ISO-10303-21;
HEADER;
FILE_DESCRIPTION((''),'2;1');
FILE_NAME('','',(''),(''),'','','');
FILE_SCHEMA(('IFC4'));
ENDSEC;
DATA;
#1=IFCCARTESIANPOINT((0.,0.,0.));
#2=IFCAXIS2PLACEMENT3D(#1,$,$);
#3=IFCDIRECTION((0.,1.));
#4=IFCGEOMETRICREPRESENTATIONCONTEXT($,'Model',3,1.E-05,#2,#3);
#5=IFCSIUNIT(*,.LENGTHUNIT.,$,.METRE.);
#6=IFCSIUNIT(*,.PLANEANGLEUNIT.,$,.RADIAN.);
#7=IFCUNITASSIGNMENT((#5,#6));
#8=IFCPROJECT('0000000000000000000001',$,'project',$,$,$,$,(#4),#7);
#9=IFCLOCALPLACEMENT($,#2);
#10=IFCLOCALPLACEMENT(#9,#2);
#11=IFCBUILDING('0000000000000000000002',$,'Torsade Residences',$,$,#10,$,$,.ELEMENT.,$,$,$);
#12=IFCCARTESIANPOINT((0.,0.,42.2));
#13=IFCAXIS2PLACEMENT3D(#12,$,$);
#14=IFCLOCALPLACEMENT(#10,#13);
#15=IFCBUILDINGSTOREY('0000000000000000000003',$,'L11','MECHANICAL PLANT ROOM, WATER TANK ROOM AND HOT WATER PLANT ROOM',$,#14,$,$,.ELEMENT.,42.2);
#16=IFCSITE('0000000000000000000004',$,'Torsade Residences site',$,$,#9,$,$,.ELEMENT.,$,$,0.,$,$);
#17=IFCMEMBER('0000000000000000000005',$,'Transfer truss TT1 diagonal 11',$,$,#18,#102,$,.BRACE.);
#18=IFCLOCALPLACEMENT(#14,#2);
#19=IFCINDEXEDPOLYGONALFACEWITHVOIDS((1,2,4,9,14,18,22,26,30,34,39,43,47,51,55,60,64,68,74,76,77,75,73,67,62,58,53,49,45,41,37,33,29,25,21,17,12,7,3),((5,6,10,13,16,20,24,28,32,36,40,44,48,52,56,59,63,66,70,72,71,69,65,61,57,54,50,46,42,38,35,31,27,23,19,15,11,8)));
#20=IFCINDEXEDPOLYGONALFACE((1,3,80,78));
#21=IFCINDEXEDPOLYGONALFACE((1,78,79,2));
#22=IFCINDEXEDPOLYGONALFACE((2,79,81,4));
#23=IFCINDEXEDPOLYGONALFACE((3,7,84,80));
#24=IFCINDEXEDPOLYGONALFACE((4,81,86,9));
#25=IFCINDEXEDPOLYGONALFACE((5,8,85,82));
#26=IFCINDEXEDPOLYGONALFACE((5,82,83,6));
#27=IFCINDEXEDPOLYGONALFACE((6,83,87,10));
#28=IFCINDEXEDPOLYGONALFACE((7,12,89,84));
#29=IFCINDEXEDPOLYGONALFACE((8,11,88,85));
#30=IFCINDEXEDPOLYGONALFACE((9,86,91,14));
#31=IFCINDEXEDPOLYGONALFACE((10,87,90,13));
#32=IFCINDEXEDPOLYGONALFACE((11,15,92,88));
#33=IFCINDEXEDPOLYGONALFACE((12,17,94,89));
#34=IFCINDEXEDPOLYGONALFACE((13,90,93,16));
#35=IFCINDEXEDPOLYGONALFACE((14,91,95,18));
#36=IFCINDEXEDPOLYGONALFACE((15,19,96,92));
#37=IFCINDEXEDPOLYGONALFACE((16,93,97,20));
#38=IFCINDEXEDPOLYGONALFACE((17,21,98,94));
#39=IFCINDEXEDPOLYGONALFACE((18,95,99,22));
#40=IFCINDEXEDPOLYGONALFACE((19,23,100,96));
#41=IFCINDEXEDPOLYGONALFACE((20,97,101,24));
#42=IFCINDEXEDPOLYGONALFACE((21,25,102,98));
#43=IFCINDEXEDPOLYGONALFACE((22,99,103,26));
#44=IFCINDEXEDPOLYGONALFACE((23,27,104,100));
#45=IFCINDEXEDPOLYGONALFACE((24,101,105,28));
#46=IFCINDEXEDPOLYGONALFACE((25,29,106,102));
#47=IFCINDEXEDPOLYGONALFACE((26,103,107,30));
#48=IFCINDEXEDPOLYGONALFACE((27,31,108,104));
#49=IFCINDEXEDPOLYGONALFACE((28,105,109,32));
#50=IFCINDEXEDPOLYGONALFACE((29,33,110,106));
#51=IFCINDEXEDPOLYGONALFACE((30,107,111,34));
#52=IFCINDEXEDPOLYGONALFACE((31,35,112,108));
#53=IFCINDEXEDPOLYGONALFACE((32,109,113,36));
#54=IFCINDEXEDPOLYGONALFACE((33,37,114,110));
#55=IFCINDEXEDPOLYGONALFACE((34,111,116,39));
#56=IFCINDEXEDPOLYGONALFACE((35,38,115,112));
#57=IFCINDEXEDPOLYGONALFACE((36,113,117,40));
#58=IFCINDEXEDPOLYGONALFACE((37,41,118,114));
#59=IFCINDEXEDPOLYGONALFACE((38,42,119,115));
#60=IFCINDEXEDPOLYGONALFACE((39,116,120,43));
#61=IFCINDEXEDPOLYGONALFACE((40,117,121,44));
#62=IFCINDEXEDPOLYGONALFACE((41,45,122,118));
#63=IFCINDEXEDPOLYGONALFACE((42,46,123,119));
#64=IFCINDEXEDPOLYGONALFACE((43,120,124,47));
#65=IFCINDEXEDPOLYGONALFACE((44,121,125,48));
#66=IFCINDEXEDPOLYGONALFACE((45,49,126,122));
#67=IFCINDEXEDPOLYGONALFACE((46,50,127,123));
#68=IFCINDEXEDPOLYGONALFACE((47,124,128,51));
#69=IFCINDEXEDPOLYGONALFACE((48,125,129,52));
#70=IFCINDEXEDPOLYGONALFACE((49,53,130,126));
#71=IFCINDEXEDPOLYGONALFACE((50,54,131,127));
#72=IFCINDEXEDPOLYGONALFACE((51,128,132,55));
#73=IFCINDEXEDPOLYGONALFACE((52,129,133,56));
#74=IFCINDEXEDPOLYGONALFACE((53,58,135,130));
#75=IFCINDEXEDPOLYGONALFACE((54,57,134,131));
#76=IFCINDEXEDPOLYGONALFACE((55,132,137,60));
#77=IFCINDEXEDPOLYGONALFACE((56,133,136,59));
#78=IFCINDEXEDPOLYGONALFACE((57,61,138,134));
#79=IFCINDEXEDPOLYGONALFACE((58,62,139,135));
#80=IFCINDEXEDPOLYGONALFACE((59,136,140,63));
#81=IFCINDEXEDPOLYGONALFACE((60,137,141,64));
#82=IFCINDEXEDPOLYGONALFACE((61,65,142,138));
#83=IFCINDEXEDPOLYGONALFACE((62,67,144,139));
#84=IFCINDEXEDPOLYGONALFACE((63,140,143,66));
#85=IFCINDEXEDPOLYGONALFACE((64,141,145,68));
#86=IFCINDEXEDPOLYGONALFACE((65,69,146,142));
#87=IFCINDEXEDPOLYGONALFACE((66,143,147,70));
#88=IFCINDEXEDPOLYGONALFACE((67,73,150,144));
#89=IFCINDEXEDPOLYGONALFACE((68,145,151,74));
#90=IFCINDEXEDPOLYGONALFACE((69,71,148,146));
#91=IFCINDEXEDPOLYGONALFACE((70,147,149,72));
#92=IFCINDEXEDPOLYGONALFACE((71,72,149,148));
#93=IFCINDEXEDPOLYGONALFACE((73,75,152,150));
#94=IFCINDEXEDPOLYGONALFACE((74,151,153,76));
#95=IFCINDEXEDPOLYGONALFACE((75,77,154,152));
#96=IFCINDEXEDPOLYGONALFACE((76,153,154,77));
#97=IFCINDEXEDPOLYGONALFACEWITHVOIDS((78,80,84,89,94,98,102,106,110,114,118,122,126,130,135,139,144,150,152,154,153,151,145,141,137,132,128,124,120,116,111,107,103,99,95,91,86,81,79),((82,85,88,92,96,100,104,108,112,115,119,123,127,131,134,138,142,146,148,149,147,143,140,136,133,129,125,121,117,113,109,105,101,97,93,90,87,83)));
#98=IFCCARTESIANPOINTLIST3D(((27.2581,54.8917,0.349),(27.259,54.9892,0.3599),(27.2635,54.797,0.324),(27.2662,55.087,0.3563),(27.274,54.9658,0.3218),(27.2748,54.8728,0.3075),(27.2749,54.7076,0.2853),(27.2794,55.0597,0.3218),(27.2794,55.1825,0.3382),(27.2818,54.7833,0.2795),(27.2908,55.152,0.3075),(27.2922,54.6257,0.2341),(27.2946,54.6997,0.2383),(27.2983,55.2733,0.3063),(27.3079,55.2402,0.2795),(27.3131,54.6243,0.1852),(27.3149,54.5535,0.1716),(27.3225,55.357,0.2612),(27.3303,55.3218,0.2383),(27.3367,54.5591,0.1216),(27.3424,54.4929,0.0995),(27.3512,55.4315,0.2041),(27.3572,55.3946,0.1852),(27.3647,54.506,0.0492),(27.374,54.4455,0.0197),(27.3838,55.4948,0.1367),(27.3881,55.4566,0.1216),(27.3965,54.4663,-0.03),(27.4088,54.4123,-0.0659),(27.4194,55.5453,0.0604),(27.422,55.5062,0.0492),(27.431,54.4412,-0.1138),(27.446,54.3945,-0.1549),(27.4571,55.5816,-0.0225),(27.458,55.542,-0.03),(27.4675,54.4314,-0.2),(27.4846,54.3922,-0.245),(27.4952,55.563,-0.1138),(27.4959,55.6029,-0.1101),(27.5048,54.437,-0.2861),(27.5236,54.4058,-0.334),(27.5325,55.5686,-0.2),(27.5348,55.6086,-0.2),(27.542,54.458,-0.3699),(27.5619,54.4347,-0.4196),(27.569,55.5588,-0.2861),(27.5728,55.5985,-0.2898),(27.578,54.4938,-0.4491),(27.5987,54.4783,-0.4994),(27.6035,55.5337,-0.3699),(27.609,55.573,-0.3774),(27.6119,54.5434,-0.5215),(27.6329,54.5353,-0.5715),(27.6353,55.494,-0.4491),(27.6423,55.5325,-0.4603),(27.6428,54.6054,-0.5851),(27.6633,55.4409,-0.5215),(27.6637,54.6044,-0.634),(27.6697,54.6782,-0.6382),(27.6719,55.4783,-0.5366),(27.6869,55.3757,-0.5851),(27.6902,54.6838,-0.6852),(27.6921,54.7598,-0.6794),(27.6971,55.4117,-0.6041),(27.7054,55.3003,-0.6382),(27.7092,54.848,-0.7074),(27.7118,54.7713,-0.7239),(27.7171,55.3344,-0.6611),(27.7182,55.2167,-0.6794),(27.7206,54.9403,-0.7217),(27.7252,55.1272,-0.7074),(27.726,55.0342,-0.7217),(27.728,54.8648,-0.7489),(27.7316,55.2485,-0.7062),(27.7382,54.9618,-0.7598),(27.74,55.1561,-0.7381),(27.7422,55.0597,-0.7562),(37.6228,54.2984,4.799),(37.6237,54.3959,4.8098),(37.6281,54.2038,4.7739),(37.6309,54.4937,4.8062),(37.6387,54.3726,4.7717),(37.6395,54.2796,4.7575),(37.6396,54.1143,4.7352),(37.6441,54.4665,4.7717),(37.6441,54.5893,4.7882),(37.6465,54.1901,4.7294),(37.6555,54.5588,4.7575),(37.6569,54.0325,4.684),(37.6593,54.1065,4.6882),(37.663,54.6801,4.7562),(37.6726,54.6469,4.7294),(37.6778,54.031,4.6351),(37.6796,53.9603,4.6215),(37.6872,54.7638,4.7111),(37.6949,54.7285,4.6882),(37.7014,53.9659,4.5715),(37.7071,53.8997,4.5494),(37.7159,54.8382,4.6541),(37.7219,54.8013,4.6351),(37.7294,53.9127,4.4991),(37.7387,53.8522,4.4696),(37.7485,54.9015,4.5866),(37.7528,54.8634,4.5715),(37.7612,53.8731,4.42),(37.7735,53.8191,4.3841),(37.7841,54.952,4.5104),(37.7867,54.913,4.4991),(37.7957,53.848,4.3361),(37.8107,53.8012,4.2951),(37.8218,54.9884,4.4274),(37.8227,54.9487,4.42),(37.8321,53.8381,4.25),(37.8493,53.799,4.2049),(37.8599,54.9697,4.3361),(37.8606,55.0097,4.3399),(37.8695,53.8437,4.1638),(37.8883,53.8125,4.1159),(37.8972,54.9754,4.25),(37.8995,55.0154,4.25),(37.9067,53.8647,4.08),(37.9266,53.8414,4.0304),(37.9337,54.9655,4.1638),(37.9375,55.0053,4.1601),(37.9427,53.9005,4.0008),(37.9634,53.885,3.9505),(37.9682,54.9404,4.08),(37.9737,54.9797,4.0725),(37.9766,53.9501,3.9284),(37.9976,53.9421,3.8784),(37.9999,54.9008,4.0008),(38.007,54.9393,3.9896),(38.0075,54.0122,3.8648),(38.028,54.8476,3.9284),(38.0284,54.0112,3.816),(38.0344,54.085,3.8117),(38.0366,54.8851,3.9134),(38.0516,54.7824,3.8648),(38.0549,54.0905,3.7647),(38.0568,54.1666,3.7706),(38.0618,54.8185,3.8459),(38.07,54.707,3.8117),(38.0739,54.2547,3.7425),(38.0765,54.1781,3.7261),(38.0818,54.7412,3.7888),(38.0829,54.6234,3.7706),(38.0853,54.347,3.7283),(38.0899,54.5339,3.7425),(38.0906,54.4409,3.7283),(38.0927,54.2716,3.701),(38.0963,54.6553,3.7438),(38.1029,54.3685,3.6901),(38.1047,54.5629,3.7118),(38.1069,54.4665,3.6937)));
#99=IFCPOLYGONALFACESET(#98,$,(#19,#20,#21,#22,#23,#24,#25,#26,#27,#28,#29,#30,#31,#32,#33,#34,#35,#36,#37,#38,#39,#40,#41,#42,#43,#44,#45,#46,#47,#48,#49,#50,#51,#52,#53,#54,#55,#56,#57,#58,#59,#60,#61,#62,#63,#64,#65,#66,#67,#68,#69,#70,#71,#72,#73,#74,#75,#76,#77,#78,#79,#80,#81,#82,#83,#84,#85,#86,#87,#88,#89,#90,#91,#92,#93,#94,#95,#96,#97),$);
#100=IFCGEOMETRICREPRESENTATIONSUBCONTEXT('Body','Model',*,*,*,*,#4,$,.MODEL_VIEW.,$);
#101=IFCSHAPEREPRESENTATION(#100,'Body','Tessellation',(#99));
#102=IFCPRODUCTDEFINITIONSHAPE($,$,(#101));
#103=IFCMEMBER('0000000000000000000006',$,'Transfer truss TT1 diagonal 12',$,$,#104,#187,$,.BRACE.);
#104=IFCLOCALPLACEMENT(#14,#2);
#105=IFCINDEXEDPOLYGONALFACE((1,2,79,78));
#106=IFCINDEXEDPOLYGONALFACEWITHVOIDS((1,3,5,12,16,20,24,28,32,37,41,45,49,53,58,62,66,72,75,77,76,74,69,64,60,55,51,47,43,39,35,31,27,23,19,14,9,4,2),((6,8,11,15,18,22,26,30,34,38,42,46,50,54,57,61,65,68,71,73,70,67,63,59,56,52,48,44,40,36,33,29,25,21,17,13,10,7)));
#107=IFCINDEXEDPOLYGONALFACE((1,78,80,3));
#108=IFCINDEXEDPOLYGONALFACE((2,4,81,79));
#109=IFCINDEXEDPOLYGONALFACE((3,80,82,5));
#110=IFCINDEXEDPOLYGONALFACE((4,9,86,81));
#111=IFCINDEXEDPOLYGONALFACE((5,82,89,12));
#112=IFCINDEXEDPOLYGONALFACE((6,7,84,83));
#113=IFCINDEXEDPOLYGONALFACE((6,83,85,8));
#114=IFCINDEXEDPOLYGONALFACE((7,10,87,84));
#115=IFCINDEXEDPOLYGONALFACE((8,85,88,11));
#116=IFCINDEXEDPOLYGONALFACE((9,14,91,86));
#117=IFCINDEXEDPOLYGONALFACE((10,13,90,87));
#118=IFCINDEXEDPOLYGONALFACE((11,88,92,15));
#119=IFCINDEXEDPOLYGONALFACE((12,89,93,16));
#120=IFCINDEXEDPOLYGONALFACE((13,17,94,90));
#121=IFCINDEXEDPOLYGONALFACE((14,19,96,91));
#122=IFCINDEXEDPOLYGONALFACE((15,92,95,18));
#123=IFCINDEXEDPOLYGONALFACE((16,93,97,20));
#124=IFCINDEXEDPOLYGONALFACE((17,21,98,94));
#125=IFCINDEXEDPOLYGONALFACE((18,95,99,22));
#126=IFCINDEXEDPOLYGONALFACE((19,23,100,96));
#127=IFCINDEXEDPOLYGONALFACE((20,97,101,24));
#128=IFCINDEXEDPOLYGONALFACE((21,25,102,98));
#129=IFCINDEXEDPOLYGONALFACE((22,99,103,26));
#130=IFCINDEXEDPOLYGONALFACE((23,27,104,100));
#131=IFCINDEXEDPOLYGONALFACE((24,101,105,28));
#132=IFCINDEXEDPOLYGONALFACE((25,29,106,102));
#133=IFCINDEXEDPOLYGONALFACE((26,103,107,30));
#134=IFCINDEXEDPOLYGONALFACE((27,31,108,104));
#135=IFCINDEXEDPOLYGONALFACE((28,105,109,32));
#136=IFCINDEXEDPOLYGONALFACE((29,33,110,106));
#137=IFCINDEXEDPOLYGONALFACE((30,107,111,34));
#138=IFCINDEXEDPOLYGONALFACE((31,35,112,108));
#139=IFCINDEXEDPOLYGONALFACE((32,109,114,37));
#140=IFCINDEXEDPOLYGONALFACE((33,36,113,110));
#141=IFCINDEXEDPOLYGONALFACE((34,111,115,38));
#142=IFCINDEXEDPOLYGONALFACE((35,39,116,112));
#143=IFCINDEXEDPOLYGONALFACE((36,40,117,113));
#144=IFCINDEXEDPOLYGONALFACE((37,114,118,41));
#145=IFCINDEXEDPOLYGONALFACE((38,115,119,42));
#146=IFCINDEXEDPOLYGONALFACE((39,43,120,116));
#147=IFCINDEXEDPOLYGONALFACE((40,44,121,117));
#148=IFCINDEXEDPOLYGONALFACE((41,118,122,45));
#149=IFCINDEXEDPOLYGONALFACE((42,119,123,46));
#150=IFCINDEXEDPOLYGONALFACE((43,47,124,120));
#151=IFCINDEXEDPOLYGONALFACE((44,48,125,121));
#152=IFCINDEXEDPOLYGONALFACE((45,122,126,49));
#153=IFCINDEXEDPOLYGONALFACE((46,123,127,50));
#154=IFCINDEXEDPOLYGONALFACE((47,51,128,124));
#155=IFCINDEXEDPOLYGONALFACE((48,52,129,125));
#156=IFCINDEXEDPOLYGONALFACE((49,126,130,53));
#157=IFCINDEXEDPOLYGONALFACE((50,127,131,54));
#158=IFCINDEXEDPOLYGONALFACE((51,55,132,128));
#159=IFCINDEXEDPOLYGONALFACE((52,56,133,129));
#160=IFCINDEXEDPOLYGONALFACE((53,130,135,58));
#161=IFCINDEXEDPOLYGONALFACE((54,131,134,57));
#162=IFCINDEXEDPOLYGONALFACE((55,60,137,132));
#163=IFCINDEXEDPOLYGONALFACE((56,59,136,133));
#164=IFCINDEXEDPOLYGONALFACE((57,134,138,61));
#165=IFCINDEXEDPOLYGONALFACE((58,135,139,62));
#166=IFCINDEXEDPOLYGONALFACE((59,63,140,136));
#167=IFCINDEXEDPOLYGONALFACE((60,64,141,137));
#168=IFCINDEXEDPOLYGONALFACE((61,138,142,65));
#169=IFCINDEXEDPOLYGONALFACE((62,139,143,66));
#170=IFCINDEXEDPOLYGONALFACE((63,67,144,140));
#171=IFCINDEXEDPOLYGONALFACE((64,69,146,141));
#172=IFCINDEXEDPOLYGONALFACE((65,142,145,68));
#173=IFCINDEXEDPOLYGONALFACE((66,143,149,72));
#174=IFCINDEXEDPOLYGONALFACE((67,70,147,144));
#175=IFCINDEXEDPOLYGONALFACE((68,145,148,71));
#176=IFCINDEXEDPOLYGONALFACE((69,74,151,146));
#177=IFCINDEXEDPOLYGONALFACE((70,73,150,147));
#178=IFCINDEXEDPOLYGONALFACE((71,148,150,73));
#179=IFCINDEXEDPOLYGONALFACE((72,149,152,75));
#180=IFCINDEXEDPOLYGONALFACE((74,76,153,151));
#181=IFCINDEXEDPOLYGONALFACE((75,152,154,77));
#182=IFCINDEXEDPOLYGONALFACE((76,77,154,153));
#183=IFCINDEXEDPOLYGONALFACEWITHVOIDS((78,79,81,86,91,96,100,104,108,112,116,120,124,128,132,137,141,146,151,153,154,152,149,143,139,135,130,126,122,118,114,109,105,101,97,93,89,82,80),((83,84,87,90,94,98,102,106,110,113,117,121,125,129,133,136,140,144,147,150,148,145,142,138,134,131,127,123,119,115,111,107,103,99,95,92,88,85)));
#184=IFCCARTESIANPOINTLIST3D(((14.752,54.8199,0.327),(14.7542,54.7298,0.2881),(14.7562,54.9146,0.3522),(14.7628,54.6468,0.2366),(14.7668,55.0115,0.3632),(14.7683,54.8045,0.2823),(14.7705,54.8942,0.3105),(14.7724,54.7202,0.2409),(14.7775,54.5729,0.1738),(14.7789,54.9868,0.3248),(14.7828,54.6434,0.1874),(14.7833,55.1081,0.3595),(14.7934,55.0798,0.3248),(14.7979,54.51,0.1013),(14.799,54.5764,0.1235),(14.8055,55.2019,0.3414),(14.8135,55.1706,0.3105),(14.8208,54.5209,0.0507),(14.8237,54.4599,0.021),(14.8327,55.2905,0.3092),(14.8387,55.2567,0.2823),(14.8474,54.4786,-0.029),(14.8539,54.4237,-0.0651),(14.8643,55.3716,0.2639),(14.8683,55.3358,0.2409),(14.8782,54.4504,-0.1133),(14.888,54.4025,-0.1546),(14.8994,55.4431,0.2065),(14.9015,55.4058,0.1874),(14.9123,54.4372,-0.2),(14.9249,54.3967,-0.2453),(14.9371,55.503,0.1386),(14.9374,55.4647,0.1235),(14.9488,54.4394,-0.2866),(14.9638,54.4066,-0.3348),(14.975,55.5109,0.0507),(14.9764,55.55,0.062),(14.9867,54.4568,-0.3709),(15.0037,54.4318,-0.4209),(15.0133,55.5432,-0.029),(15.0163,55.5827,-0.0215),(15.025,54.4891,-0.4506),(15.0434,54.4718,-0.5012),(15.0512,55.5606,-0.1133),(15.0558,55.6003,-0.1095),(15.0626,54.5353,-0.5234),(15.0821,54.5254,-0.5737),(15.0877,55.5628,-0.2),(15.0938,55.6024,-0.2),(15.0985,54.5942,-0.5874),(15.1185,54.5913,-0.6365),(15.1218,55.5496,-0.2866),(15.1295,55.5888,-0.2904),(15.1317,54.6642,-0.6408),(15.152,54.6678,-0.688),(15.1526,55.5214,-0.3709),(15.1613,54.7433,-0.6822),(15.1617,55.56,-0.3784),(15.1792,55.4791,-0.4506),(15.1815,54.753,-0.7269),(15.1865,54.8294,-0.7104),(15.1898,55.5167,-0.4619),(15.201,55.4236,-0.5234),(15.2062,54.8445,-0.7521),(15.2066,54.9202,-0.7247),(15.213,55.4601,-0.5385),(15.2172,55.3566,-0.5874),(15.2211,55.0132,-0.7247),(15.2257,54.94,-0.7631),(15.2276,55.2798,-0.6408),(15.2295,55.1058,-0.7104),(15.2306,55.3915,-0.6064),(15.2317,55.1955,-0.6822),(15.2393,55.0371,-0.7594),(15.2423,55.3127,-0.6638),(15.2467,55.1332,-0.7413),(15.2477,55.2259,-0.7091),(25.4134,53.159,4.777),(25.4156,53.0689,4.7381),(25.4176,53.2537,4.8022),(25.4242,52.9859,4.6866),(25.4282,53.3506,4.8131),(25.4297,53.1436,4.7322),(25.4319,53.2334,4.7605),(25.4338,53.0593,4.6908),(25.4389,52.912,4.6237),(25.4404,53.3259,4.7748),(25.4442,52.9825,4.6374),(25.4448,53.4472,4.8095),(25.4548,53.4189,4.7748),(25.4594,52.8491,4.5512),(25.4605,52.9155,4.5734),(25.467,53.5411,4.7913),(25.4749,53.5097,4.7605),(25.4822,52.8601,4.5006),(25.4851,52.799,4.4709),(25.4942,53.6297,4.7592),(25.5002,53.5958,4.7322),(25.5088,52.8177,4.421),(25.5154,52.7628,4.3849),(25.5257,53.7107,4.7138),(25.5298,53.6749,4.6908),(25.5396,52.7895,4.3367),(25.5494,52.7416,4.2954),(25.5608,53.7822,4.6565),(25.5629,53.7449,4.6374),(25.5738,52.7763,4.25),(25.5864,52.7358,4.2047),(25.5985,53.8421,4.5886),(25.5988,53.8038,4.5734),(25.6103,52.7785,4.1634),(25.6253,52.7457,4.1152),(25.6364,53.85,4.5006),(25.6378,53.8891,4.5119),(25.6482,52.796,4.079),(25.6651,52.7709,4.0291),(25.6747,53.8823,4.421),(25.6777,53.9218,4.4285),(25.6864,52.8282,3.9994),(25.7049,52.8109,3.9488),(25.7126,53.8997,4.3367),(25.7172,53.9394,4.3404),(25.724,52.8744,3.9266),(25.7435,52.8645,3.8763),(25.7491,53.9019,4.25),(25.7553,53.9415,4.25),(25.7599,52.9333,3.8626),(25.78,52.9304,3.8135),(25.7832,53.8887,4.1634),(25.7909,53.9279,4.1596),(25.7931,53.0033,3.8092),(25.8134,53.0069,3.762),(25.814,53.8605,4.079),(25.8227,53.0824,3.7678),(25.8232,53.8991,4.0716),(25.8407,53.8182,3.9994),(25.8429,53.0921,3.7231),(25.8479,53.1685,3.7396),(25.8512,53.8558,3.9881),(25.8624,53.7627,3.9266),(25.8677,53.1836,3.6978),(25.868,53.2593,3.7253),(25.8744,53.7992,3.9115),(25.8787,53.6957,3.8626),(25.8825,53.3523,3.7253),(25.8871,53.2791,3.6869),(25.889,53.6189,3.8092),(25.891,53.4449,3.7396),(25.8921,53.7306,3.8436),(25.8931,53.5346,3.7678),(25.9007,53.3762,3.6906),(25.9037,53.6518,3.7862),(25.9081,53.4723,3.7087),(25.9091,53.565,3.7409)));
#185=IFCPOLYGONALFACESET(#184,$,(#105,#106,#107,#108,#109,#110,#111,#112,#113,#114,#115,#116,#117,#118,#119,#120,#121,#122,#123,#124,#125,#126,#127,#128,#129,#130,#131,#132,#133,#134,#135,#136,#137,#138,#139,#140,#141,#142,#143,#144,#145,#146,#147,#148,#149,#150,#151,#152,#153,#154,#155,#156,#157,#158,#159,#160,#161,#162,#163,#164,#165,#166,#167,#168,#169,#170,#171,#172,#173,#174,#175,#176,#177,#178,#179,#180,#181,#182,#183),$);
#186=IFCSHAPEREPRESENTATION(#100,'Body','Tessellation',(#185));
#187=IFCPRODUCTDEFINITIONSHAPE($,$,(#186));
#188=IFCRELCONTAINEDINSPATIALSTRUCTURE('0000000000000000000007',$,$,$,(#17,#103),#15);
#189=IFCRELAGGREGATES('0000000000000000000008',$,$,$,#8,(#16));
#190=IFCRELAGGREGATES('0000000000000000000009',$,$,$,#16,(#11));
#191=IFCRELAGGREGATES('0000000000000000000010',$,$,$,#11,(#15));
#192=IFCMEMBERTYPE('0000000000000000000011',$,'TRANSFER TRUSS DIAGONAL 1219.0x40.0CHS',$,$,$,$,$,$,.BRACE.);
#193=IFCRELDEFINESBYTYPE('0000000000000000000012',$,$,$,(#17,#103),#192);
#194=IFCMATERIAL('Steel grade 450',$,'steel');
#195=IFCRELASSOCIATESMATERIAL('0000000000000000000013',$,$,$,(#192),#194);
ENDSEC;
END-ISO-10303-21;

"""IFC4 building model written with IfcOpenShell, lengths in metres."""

from ifc_helpers import new_model, si_unit, direction, frame, origin, origin_2d, place, context, subcontext, project, spatial, hollow_circle, extrude, material, material_profile, profile_set, type_object, element, save


model = new_model("IFC4")

# Units and contexts
model_context = context("Model", 3, precision=1e-05, world=origin(), true_north=direction((0.0, 1.0)))
body_context = subcontext(model_context, "Body", "Model", "MODEL_VIEW")
ifc_project = project(units=[si_unit("LENGTHUNIT", "METRE"), si_unit("PLANEANGLEUNIT", "RADIAN")], contexts=[model_context])

# Site, building, storey
site_placement = place(None, origin())
site = spatial("IfcSite", under=ifc_project, at=site_placement, Name="Torsade Residences site", CompositionType="ELEMENT", RefElevation=0.0)
building_placement = place(site_placement, origin())
building = spatial("IfcBuilding", under=site, at=building_placement, Name="Torsade Residences", CompositionType="ELEMENT")
storey_placement = place(building_placement, frame((0.0, 0.0, 42.2)))
storey = spatial("IfcBuildingStorey", under=building, at=storey_placement, Name="L11", Description="MECHANICAL PLANT ROOM, WATER TANK ROOM AND HOT WATER PLANT ROOM", CompositionType="ELEMENT", Elevation=42.2)

# Members
ifc_material_1 = material(Name="Steel grade 450", Category="steel")
ifc_material_profile_1 = material_profile(ifc_material_1, hollow_circle(Radius=0.6096, WallThickness=0.04, at=origin_2d()), Name="1219.0x40.0CHS")
ifc_profile_set_1 = profile_set([ifc_material_profile_1], Name="Steel grade 450")
member_type_1 = type_object("IfcMemberType", Name="TRANSFER TRUSS DIAGONAL 1219.0x40.0CHS", PredefinedType="BRACE", material=ifc_profile_set_1)
member_1_placement = place(storey_placement, frame((27.5, 55.0, -0.2), z_axis=(0.917622, -0.052523, 0.393968), x_axis=(0.057145, 0.998366, 0.0)))
element("IfcMember", 1, at=member_1_placement, inside=storey, type_object=member_type_1, Name="Transfer truss TT1 diagonal 11", PredefinedType="BRACE", context=body_context, shape_type="SweptSolid", body=[
    extrude(hollow_circle(Radius=0.6096, WallThickness=0.04, at=origin_2d()), origin(), (0.0, 0.0, 1.0), 11.2952),
])
member_2_placement = place(storey_placement, frame((15.0, 55.0, -0.2), z_axis=(0.913448, -0.142302, 0.381264), x_axis=(0.153929, 0.988082, 0.0)))
element("IfcMember", 2, at=member_2_placement, inside=storey, type_object=member_type_1, Name="Transfer truss TT1 diagonal 12", PredefinedType="BRACE", context=body_context, shape_type="SweptSolid", body=[
    extrude(hollow_circle(Radius=0.6096, WallThickness=0.04, at=origin_2d()), origin(), (0.0, 0.0, 1.0), 11.6716),
])

save(model, "model.ifc")
